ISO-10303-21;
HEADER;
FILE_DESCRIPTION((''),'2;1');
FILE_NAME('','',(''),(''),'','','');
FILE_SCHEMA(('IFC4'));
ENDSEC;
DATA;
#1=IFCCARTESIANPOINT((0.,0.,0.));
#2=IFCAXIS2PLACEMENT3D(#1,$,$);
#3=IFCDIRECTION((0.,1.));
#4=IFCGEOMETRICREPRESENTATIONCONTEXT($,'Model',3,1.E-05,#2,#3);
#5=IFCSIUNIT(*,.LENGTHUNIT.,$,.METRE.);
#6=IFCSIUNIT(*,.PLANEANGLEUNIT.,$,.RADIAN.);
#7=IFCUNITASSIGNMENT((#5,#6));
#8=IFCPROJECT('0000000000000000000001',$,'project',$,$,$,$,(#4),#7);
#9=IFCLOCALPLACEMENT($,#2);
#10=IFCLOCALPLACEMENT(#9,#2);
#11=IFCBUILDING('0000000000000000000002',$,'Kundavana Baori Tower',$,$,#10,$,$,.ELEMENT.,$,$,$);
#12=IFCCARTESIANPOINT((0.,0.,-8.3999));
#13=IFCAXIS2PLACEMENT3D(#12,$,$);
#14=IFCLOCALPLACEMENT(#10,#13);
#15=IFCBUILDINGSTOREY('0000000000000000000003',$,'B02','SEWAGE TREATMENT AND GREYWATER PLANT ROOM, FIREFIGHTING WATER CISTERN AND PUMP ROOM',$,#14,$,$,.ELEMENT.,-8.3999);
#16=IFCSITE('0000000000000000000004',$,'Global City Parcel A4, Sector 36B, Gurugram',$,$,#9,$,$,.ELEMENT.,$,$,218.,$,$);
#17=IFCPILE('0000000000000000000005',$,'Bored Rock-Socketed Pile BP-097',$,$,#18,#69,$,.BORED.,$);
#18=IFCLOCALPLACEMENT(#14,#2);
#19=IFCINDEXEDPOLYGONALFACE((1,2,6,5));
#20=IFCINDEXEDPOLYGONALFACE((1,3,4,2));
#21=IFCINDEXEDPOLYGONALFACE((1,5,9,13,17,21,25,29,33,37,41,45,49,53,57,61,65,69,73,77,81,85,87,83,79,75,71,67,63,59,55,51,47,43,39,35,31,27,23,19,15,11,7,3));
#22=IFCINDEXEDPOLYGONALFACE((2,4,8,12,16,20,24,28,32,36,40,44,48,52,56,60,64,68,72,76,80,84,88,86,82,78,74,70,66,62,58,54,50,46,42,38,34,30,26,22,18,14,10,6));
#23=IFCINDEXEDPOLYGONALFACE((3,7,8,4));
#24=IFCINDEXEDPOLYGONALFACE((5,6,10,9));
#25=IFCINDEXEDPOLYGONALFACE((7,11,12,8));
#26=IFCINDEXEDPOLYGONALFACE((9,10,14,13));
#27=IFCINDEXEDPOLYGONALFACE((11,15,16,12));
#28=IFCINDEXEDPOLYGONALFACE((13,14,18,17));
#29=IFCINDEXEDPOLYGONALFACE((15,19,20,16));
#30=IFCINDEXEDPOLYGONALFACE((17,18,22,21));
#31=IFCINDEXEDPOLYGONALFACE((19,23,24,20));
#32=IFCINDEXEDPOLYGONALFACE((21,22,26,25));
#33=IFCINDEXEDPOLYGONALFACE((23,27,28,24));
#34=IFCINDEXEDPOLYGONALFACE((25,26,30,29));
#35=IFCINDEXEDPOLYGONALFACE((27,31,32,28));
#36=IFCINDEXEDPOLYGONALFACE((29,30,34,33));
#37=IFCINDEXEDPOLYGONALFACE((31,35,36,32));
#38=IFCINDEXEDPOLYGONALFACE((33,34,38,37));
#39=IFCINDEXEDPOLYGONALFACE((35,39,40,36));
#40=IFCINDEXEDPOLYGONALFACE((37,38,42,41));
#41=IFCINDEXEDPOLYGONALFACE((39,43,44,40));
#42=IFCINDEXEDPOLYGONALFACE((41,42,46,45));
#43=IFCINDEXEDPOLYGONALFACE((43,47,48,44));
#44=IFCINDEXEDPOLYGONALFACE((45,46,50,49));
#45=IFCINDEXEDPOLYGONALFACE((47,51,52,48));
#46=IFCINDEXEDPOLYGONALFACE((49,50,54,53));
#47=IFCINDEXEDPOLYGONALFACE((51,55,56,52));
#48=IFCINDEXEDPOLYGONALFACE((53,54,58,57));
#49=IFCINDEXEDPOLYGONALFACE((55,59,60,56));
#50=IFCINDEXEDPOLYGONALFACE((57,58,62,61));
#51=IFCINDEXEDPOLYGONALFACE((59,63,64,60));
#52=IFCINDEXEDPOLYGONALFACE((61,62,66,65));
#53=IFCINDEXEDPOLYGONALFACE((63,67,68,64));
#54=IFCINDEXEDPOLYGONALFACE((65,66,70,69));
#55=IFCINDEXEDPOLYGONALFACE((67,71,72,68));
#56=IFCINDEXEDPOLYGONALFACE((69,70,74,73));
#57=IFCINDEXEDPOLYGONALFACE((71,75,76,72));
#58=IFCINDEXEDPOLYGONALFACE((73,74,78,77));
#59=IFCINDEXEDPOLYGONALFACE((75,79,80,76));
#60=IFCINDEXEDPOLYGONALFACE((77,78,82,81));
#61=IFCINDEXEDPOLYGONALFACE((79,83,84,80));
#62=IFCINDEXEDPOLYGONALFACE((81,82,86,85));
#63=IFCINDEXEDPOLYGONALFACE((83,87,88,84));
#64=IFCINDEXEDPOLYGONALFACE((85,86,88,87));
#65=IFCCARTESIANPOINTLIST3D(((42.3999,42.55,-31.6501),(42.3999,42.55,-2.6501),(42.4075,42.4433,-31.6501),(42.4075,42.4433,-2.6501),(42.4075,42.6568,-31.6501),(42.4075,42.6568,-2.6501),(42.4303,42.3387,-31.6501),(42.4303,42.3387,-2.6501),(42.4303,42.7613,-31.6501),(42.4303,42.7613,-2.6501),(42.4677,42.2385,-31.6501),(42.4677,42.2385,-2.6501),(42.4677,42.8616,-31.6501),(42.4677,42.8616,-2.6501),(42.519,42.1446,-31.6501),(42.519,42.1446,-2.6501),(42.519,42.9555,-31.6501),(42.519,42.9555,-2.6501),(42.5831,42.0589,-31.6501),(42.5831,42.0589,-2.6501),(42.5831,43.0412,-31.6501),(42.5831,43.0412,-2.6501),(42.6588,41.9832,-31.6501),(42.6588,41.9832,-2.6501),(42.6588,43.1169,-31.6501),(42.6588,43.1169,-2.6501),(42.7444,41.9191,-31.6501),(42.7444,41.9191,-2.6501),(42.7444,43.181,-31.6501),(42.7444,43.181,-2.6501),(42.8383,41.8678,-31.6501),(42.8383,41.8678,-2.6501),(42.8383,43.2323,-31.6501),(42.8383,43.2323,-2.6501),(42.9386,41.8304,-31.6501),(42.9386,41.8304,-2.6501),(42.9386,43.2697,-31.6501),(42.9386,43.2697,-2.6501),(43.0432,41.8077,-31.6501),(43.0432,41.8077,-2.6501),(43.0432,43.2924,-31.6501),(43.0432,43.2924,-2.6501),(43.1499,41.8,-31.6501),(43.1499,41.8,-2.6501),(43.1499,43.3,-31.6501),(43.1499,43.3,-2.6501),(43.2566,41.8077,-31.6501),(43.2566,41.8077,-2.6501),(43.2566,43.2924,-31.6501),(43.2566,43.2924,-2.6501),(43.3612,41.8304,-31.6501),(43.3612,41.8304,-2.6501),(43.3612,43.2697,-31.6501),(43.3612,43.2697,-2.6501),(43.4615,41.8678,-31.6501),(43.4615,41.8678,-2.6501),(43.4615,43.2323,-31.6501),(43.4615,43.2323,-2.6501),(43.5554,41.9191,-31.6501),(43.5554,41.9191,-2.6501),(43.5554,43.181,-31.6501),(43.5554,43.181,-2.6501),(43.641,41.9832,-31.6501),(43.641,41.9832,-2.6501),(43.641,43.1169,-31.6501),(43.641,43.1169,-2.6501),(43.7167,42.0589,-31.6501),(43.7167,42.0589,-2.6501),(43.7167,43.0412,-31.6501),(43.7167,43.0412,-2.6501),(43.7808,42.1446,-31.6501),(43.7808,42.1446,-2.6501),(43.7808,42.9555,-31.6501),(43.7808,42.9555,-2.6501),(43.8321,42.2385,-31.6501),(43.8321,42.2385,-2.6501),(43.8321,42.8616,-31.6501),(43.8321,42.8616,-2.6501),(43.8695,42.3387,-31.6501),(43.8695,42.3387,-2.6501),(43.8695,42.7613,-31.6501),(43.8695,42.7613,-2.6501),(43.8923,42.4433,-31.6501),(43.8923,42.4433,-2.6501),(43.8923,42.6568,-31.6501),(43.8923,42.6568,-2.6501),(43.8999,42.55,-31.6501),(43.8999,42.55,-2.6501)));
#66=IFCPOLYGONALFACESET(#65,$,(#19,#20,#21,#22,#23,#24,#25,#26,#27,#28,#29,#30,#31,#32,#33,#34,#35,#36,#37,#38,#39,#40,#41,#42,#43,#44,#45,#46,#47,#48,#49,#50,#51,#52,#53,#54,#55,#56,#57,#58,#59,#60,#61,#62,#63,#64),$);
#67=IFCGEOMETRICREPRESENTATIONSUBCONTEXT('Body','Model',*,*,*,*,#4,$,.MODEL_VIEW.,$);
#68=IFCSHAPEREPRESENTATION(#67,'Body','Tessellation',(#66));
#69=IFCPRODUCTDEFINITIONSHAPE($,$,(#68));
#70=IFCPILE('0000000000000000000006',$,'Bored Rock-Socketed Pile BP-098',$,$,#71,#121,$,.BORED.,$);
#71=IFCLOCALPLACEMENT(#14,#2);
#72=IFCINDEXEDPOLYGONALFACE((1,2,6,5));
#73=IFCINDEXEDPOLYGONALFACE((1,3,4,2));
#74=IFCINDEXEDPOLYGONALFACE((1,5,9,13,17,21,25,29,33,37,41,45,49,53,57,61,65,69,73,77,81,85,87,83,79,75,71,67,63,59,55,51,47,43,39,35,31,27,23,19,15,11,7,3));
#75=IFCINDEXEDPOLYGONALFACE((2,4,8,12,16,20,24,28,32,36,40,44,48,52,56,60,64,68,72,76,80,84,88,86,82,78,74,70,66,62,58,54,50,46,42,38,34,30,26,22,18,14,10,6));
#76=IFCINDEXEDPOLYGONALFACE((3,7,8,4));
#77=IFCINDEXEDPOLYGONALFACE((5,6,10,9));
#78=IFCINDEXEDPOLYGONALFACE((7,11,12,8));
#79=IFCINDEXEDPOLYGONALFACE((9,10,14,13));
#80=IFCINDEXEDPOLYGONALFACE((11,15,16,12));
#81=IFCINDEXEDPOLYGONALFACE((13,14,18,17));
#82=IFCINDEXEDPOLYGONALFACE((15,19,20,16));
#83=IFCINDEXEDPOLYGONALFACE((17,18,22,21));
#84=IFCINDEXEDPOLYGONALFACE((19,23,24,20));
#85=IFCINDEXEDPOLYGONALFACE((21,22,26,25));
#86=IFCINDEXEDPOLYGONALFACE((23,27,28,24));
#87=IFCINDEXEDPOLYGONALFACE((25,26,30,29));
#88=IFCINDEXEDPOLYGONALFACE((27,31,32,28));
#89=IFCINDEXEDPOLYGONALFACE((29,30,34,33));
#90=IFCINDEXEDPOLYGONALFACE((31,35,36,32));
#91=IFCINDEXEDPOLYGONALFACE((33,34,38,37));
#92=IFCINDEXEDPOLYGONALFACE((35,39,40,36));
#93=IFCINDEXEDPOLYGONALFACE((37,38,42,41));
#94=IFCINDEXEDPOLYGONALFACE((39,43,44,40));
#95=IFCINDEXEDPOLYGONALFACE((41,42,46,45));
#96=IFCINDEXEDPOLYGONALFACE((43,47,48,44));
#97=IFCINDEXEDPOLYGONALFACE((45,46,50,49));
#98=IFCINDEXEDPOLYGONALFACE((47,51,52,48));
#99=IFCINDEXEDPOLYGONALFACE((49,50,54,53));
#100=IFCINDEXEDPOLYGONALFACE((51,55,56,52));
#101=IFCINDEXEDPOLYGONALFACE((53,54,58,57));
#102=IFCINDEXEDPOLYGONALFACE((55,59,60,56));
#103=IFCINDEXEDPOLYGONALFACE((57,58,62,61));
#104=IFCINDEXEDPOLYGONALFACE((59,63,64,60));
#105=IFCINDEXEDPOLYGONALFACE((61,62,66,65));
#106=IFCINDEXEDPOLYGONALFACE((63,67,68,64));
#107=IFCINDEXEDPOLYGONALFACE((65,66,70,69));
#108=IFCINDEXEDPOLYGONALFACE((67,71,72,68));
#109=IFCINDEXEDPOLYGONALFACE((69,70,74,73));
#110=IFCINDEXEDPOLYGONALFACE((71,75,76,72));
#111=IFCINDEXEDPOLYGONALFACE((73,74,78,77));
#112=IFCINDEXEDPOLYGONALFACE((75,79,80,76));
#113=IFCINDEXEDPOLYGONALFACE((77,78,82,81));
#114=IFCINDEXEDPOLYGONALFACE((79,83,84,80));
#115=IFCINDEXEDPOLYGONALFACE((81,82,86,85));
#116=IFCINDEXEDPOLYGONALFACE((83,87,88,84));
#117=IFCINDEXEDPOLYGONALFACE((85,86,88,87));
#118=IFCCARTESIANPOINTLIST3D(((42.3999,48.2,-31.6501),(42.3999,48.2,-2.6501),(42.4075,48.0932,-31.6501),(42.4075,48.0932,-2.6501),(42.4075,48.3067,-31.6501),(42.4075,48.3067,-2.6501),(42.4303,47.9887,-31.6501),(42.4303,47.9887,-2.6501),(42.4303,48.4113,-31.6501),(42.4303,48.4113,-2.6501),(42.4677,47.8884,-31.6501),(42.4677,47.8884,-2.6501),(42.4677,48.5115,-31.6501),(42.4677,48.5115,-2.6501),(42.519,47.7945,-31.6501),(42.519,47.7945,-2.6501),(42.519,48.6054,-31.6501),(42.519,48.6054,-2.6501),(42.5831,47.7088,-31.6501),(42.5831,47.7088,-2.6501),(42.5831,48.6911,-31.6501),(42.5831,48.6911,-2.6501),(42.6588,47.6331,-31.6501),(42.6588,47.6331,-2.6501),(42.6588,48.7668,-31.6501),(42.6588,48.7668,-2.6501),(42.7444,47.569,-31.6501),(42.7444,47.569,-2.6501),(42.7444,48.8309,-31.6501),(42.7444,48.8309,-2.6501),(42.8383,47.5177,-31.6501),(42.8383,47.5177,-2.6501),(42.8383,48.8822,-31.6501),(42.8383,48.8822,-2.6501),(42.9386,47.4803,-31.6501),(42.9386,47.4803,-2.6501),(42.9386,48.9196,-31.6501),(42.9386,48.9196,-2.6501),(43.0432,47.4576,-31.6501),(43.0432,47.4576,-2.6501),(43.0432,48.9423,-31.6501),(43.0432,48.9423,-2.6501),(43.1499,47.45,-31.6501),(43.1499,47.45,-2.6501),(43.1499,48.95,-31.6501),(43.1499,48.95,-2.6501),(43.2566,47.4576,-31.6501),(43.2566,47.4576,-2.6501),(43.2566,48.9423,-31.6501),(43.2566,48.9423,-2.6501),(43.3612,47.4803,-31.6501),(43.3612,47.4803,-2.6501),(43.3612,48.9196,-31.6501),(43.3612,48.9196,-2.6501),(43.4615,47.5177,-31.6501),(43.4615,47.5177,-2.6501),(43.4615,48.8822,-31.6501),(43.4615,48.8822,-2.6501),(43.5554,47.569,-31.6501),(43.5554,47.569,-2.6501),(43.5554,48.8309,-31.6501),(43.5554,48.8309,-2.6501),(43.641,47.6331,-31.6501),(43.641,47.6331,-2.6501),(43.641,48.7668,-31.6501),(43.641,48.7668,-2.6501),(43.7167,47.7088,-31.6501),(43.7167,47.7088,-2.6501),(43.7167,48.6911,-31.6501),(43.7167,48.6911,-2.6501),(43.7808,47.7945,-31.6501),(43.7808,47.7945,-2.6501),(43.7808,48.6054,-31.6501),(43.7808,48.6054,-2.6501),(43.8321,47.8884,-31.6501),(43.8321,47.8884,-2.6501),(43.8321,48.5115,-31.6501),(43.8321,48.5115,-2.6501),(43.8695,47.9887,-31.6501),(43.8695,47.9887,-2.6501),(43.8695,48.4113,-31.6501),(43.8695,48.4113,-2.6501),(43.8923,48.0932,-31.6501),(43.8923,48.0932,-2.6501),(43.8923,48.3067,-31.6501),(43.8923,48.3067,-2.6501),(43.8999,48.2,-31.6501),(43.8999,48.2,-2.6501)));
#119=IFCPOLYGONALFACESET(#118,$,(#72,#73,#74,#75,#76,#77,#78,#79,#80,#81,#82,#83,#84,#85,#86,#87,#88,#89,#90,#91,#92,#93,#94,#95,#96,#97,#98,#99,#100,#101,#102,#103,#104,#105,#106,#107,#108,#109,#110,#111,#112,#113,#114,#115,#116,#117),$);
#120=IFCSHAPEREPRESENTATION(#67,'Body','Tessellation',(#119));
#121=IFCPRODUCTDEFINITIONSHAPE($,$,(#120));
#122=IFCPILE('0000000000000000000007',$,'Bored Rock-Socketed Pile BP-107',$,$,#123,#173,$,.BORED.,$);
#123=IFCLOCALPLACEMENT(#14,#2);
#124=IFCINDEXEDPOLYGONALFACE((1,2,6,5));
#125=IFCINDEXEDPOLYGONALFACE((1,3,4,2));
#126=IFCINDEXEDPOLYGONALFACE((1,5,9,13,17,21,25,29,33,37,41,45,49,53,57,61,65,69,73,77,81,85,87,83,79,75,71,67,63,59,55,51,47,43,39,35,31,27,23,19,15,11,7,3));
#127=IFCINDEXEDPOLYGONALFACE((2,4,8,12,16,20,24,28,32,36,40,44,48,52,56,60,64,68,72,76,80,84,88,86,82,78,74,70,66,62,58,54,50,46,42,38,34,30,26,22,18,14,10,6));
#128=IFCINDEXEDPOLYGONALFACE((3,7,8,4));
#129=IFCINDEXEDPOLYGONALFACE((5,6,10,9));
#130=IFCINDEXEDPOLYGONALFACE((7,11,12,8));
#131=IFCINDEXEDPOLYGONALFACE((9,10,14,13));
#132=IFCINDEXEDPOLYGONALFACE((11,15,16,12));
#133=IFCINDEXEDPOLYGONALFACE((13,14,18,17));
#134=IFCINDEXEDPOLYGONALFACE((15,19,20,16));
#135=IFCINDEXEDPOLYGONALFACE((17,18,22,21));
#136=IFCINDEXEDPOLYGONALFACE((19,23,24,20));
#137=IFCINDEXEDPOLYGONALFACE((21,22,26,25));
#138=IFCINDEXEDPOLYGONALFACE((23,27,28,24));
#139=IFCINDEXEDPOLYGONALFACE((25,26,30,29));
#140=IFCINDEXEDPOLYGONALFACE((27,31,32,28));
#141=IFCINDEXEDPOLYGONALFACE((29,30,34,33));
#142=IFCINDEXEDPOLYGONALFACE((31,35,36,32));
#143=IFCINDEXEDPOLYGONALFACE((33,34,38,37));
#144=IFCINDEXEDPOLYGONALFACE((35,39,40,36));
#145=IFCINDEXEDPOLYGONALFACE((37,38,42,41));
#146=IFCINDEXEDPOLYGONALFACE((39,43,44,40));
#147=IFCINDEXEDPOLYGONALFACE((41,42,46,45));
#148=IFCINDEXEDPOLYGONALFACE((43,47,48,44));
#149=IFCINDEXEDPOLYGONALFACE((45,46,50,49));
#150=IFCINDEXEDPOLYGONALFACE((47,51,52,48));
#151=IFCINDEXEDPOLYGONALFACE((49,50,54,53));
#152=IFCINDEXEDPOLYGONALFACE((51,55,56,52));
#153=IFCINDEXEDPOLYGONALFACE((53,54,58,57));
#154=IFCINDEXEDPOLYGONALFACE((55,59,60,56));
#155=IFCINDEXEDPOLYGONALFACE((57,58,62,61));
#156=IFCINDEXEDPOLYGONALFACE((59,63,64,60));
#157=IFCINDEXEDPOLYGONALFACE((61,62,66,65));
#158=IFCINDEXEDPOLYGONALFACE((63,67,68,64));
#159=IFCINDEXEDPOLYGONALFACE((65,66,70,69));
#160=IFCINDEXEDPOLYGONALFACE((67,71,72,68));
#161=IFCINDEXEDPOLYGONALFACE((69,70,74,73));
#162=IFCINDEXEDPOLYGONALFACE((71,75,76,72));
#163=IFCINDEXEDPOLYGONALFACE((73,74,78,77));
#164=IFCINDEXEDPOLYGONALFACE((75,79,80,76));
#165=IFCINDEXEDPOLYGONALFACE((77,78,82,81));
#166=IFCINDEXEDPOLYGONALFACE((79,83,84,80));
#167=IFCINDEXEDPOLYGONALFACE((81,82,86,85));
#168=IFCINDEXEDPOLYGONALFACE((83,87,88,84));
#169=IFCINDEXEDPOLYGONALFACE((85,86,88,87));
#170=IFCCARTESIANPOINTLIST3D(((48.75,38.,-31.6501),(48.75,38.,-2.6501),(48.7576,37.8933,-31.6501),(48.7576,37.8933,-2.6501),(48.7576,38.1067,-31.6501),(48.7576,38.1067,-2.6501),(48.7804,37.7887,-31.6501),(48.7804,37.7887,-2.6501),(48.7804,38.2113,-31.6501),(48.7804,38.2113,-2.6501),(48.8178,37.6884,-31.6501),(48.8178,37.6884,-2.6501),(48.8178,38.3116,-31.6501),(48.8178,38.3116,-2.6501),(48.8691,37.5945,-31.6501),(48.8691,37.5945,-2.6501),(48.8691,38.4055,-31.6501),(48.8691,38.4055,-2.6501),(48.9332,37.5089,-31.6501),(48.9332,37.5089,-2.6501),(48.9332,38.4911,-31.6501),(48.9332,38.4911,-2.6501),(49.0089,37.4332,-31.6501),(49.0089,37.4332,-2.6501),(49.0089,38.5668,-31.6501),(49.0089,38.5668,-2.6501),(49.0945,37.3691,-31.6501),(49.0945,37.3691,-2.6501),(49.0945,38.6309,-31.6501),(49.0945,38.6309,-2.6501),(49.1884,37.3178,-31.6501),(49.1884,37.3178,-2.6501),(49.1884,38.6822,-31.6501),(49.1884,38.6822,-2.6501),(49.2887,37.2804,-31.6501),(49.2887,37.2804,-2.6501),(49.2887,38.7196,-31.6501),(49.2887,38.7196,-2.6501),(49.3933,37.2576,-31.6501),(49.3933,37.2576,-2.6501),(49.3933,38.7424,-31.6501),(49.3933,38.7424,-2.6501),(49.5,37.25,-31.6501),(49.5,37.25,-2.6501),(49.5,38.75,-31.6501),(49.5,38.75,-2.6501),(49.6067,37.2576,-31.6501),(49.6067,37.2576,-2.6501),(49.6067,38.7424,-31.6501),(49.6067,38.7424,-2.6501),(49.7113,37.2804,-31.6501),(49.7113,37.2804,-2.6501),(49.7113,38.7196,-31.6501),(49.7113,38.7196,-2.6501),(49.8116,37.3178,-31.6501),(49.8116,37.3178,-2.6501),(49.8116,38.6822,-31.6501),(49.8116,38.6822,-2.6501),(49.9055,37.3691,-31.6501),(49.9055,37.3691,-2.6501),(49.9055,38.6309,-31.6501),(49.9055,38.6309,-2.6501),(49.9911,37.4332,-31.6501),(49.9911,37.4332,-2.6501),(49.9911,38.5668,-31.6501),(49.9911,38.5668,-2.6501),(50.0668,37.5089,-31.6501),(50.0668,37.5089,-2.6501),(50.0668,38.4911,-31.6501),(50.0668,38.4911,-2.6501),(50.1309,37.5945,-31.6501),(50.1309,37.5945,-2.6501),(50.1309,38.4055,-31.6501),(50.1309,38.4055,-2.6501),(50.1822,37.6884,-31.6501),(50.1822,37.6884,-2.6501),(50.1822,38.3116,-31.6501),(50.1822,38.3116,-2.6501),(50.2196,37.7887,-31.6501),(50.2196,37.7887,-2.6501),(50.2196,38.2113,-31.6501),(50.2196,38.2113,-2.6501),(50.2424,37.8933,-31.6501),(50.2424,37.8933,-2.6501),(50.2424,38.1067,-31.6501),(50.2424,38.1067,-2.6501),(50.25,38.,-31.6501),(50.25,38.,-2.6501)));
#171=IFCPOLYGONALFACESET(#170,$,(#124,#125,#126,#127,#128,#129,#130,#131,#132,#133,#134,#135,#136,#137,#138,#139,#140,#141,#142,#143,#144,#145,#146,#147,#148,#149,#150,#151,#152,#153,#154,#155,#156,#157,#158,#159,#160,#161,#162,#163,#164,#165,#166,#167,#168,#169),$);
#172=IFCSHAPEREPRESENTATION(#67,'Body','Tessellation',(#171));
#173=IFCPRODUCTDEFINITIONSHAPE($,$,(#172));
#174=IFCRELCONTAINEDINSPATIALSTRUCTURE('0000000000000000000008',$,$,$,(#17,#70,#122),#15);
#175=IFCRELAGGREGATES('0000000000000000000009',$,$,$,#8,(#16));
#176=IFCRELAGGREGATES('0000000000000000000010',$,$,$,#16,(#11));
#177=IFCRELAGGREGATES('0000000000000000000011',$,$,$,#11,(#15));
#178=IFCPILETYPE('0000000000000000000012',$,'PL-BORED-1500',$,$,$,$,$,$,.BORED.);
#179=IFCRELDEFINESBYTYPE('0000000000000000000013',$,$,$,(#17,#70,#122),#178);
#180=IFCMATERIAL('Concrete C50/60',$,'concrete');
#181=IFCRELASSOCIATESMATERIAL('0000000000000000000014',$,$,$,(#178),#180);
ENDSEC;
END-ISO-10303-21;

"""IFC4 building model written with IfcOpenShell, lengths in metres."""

from ifc_helpers import new_model, si_unit, direction, frame, origin, origin_2d, place, context, subcontext, project, spatial, circle, extrude, material, material_profile, profile_set, type_object, element, save


model = new_model("IFC4")

# Units and contexts
model_context = context("Model", 3, precision=1e-05, world=origin(), true_north=direction((0.0, 1.0)))
body_context = subcontext(model_context, "Body", "Model", "MODEL_VIEW")
ifc_project = project(units=[si_unit("LENGTHUNIT", "METRE"), si_unit("PLANEANGLEUNIT", "RADIAN")], contexts=[model_context])

# Site, building, storey
site_placement = place(None, origin())
site = spatial("IfcSite", under=ifc_project, at=site_placement, Name="Global City Parcel A4, Sector 36B, Gurugram", CompositionType="ELEMENT", RefElevation=218.0)
building_placement = place(site_placement, origin())
building = spatial("IfcBuilding", under=site, at=building_placement, Name="Kundavana Baori Tower", CompositionType="ELEMENT")
storey_placement = place(building_placement, frame((0.0, 0.0, -8.3999)))
storey = spatial("IfcBuildingStorey", under=building, at=storey_placement, Name="B02", Description="SEWAGE TREATMENT AND GREYWATER PLANT ROOM, FIREFIGHTING WATER CISTERN AND PUMP ROOM", CompositionType="ELEMENT", Elevation=-8.3999)

# Piles
ifc_material_1 = material(Name="Concrete C50/60", Category="concrete")
ifc_material_profile_1 = material_profile(ifc_material_1, circle(Radius=0.75, at=origin_2d()), Name="BORED PILE D1500")
ifc_profile_set_1 = profile_set([ifc_material_profile_1], Name="Concrete C50/60")
pile_type_1 = type_object("IfcPileType", Name="PL-BORED-1500", PredefinedType="BORED", material=ifc_profile_set_1)
for number, where, z_axis, x_axis, name in (
    (1, (43.1499, 42.55, -2.6501), (0.0, 0.0, -1.0), (1.0, 0.0, 0.0), "Bored Rock-Socketed Pile BP-097"),
    (2, (43.1499, 48.2, -2.6501), (0.0, 0.0, -1.0), (1.0, 0.0, 0.0), "Bored Rock-Socketed Pile BP-098"),
    (3, (49.5, 38.0, -2.6501), (0.0, 0.0, -1.0), (1.0, 0.0, 0.0), "Bored Rock-Socketed Pile BP-107"),
):
    element("IfcPile", number, at=place(storey_placement, frame(where, z_axis=z_axis, x_axis=x_axis)), inside=storey, type_object=pile_type_1, Name=name, PredefinedType="BORED", context=body_context, shape_type="SweptSolid", body=[
        extrude(circle(Radius=0.75, at=origin_2d()), origin(), (0.0, 0.0, 1.0), 29.0),
    ])

save(model, "model.ifc")
